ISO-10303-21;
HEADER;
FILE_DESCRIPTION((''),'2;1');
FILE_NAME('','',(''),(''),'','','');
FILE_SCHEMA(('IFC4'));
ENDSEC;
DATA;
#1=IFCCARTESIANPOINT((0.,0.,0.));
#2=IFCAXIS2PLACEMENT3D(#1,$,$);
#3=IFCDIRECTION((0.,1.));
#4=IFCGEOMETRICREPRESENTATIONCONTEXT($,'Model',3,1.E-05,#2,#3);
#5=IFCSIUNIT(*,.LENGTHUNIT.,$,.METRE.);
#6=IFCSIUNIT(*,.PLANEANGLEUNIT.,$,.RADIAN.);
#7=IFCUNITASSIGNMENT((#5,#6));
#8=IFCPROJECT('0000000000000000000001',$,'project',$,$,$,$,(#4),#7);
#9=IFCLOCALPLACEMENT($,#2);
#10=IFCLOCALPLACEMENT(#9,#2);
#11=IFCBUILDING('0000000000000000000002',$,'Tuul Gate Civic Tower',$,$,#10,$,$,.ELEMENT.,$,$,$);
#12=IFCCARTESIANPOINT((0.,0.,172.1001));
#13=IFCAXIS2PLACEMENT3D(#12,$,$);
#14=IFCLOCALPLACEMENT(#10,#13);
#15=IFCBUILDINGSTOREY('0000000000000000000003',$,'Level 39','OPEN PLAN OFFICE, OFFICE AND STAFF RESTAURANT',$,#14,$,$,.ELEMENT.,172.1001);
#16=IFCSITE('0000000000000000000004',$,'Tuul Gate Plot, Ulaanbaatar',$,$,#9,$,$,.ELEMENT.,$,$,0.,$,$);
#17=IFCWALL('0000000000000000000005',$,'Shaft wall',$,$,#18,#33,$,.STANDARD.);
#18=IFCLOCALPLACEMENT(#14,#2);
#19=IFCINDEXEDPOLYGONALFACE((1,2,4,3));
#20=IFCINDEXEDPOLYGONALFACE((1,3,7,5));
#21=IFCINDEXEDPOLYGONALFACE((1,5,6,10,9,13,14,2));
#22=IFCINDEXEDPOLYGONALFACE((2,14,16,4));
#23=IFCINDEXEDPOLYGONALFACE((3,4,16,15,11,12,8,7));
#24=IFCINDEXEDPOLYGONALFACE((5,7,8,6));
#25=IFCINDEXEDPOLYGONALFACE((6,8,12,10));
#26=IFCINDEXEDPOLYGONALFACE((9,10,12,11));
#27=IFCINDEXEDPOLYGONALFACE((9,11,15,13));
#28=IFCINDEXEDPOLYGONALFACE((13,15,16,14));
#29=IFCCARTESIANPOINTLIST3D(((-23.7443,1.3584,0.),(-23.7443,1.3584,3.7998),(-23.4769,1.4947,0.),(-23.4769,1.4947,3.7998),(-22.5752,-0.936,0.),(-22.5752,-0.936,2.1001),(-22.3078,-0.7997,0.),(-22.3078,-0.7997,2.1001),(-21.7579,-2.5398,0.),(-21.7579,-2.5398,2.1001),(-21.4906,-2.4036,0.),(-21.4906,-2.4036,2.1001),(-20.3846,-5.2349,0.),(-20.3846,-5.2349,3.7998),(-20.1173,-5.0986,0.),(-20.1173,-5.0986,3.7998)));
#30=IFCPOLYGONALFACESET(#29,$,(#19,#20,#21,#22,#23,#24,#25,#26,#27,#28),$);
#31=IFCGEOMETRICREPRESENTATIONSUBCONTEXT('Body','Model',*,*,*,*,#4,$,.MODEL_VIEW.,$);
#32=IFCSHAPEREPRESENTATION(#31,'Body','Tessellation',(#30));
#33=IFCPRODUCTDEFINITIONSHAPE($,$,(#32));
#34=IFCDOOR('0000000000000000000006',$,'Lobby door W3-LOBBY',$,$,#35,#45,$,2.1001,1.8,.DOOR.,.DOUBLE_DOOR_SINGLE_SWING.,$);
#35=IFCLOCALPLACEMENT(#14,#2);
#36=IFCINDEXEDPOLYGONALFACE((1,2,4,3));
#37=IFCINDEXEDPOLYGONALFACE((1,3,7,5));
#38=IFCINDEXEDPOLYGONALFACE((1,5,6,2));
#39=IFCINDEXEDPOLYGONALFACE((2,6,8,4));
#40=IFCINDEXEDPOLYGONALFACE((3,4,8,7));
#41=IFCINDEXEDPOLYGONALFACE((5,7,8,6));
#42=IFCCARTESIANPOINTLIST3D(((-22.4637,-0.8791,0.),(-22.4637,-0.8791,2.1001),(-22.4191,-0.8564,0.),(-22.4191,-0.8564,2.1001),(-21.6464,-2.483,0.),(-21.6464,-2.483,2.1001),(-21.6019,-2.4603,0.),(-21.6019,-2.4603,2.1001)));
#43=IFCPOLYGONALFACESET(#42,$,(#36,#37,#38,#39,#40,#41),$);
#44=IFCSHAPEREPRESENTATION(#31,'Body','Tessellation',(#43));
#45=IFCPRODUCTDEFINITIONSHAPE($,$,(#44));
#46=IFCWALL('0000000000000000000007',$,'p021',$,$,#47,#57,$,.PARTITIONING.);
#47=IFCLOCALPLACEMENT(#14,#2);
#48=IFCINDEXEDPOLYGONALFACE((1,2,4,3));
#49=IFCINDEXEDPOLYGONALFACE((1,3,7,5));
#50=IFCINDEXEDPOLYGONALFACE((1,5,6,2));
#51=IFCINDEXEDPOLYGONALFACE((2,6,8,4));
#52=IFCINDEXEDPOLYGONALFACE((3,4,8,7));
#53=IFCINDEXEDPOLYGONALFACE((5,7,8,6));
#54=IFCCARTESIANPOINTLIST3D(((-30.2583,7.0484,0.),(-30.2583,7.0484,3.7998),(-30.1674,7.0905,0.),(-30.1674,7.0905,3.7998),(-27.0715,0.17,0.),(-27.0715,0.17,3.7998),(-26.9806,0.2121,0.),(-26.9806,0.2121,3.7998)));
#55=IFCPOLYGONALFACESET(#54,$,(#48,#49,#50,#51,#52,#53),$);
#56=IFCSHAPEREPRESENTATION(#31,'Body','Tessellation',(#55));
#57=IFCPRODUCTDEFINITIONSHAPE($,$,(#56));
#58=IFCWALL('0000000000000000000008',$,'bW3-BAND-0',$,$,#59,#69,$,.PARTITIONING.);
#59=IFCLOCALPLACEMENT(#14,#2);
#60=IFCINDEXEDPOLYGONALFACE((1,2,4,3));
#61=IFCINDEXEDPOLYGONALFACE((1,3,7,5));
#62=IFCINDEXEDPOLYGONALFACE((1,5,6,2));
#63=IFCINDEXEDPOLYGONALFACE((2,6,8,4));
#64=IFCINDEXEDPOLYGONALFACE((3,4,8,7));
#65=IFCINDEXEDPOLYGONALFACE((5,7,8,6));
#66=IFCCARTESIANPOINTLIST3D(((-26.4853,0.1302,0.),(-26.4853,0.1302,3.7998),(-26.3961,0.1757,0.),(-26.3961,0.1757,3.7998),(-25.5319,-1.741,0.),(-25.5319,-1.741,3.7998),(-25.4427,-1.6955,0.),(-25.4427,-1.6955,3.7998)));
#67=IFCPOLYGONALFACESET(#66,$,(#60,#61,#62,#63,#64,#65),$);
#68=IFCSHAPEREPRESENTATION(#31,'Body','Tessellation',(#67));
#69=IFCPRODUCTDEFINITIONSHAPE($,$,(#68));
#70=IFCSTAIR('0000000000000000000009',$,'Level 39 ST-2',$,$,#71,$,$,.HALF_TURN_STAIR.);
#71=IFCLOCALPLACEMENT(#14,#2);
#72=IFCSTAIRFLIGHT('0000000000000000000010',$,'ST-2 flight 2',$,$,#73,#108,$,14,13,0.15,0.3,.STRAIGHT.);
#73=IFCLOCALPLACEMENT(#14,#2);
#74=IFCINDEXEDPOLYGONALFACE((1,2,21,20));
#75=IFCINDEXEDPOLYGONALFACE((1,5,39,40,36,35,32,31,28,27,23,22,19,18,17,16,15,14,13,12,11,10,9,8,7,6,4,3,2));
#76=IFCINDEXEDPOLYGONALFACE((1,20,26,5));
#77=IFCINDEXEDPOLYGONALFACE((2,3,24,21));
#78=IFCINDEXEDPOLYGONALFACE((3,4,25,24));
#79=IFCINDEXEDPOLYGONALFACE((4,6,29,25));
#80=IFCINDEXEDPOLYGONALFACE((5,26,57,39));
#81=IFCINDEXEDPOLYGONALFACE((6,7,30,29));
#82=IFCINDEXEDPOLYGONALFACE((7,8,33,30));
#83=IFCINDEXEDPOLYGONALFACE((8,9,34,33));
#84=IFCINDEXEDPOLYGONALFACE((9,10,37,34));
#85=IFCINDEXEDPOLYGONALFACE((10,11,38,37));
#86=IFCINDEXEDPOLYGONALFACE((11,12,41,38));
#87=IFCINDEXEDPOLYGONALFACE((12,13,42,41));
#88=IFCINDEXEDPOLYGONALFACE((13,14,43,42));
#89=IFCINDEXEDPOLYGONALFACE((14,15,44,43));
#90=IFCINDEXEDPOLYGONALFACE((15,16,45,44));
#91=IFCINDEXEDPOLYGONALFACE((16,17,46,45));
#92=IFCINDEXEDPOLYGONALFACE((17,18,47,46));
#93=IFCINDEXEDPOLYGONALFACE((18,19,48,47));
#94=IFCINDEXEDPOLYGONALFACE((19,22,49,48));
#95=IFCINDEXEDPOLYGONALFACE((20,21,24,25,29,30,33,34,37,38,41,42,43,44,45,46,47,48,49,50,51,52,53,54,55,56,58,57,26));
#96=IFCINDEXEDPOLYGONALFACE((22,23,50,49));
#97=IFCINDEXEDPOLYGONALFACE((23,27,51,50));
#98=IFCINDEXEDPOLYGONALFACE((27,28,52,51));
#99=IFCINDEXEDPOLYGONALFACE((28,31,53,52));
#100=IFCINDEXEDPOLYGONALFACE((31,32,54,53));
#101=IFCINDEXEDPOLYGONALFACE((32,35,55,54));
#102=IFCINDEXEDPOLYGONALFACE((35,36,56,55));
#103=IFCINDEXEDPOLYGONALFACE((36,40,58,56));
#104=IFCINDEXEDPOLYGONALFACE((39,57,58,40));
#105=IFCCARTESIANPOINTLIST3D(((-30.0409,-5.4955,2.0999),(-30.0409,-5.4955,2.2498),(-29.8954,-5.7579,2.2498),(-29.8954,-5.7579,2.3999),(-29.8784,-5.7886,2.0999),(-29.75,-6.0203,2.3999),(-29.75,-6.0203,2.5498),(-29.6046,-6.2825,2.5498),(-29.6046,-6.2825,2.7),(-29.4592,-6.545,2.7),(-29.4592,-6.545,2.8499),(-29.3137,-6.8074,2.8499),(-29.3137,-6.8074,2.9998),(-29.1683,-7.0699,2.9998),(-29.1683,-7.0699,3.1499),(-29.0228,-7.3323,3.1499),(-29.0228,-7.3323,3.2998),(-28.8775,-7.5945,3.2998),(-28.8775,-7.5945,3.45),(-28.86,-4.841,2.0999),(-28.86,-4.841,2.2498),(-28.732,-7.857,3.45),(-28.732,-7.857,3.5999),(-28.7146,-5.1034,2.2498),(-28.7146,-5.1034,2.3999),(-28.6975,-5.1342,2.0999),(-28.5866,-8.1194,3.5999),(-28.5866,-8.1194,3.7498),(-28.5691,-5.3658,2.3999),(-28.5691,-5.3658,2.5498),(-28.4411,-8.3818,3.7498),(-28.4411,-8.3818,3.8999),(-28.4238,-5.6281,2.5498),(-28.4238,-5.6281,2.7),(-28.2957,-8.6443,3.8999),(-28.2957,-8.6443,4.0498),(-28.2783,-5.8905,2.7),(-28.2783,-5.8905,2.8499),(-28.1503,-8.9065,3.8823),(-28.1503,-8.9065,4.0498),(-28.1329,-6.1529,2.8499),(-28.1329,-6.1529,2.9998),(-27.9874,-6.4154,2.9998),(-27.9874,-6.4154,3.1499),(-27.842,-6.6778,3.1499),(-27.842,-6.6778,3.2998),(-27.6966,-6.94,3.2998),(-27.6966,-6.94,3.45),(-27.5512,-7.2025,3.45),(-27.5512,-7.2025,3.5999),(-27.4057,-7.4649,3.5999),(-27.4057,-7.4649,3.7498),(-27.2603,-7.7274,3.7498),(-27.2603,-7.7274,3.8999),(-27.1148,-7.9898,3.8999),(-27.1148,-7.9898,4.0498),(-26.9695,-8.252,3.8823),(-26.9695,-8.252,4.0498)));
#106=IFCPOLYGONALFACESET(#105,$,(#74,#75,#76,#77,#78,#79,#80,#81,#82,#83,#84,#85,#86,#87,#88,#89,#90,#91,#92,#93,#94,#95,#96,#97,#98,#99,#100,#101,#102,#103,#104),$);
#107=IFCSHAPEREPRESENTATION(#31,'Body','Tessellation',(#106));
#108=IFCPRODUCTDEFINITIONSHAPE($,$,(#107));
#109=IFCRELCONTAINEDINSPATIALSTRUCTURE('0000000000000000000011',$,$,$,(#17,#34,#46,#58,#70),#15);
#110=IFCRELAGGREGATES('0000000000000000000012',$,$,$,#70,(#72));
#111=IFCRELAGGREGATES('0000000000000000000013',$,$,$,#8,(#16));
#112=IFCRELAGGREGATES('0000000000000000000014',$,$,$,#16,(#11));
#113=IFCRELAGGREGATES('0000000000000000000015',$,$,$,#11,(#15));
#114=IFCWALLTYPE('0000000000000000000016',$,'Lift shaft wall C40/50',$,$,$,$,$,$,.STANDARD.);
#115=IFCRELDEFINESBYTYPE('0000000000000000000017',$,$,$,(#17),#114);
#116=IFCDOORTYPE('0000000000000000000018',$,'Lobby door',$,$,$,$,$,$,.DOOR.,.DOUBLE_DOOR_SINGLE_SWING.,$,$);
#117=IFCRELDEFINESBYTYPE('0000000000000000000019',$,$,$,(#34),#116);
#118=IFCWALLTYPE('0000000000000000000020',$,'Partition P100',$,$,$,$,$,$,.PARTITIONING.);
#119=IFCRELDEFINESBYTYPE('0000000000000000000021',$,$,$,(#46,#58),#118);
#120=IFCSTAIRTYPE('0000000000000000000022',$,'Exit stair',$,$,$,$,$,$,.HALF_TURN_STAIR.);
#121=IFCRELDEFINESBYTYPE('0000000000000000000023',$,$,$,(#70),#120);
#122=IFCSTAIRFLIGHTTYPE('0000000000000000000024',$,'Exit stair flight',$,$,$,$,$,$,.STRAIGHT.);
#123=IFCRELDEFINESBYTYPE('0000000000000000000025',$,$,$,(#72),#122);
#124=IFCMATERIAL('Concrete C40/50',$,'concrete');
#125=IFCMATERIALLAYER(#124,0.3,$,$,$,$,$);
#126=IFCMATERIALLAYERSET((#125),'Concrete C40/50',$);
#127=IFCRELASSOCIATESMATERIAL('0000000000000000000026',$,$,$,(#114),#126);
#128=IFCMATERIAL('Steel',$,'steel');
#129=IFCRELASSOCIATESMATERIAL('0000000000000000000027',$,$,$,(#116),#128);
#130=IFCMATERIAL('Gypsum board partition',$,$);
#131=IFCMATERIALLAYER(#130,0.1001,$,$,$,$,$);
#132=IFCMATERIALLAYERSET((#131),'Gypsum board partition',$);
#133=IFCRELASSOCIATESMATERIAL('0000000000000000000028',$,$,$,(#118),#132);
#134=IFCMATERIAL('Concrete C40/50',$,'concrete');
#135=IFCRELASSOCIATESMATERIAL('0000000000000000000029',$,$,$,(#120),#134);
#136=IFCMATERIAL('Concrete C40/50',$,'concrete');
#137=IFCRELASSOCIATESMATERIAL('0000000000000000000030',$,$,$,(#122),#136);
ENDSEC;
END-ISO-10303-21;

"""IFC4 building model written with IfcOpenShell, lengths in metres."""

from ifc_helpers import new_model, si_unit, direction, frame, frame_2d, origin, place, context, subcontext, project, spatial, polyline, rectangle, outline, extrude, material, layer, layer_set, type_object, element, fill, aggregate, save


model = new_model("IFC4")

# Units and contexts
model_context = context("Model", 3, precision=1e-05, world=origin(), true_north=direction((0.0, 1.0)))
body_context = subcontext(model_context, "Body", "Model", "MODEL_VIEW")
ifc_project = project(units=[si_unit("LENGTHUNIT", "METRE"), si_unit("PLANEANGLEUNIT", "RADIAN")], contexts=[model_context])

# Site, building, storey
site_placement = place(None, origin())
site = spatial("IfcSite", under=ifc_project, at=site_placement, Name="Tuul Gate Plot, Ulaanbaatar", CompositionType="ELEMENT", RefElevation=0.0)
building_placement = place(site_placement, origin())
building = spatial("IfcBuilding", under=site, at=building_placement, Name="Tuul Gate Civic Tower", CompositionType="ELEMENT")
storey_placement = place(building_placement, frame((0.0, 0.0, 172.1001)))
storey = spatial("IfcBuildingStorey", under=building, at=storey_placement, Name="Level 39", Description="OPEN PLAN OFFICE, OFFICE AND STAFF RESTAURANT", CompositionType="ELEMENT", Elevation=172.1001)

# Shared definitions
ifc_material_1 = material(Name="Concrete C40/50", Category="concrete")
ifc_layer_1 = layer(ifc_material_1, 0.3)
ifc_layer_set_1 = layer_set([ifc_layer_1], Name="Concrete C40/50")
wall_type_1 = type_object("IfcWallType", Name="Lift shaft wall C40/50", PredefinedType="STANDARD", material=ifc_layer_set_1)

# Wall, opening, door
wall_1_placement = place(storey_placement, frame((-20.251, -5.1667, 0.0), z_axis=(0.0, 0.0, 1.0), x_axis=(-0.45401, 0.890996, 0.0)))
wall_1 = element("IfcWall", 1, at=wall_1_placement, inside=storey, type_object=wall_type_1, Name="Shaft wall", PredefinedType="STANDARD", context=body_context, shape_type="SweptSolid", body=[
    extrude(rectangle(XDim=7.3999, YDim=0.3, at=frame_2d((3.7, 0.0))), origin(), (0.0, 0.0, 1.0), 3.7998),
])
opening_1_placement = place(wall_1_placement, frame((3.0249, 0.0, 0.0)))
opening_1 = element("IfcOpeningElement", 2, at=opening_1_placement, cuts=wall_1, PredefinedType="OPENING", context=body_context, shape_type="SweptSolid", body=[
    extrude(rectangle(XDim=1.8, YDim=2.1001, at=frame_2d((0.8999, 1.05))), frame((0.0, 0.1602, 0.0), z_axis=(0.0, -1.0, 0.0), x_axis=(1.0, 0.0, 0.0)), (0.0, 0.0, 1.0), 0.3201),
])
ifc_material_2 = material(Name="Steel", Category="steel")
door_type_1 = type_object("IfcDoorType", Name="Lobby door", OperationType="DOUBLE_DOOR_SINGLE_SWING", PredefinedType="DOOR", material=ifc_material_2)
door_1_placement = place(opening_1_placement, origin())
door_1 = element("IfcDoor", 3, at=door_1_placement, inside=storey, type_object=door_type_1, Name="Lobby door W3-LOBBY", OperationType="DOUBLE_DOOR_SINGLE_SWING", OverallHeight=2.1001, OverallWidth=1.8, PredefinedType="DOOR", context=body_context, shape_type="SweptSolid", body=[
    extrude(rectangle(XDim=1.8, YDim=2.1001, at=frame_2d((0.8999, 1.05))), frame((0.0, 0.0249, 0.0), z_axis=(0.0, -1.0, 0.0), x_axis=(1.0, 0.0, 0.0)), (0.0, 0.0, 1.0), 0.05),
])
fill(opening_1, door_1)

# Walls
ifc_material_3 = material(Name="Gypsum board partition")
ifc_layer_2 = layer(ifc_material_3, 0.1001)
ifc_layer_set_2 = layer_set([ifc_layer_2], Name="Gypsum board partition")
wall_type_2 = type_object("IfcWallType", Name="Partition P100", PredefinedType="PARTITIONING", material=ifc_layer_set_2)
wall_2_placement = place(storey_placement, frame((-30.2129, 7.0696, 0.0), z_axis=(0.0, 0.0, 1.0), x_axis=(0.420375, -0.90735, 0.0)))
element("IfcWall", 4, at=wall_2_placement, inside=storey, type_object=wall_type_2, Name="p021", PredefinedType="PARTITIONING", context=body_context, shape_type="SweptSolid", body=[
    extrude(rectangle(XDim=7.5808, YDim=0.1001, at=frame_2d((3.7905, 0.0))), origin(), (0.0, 0.0, 1.0), 3.7998),
])
wall_3_placement = place(storey_placement, frame((-25.4873, -1.7183, 0.0), z_axis=(0.0, 0.0, 1.0), x_axis=(-0.45399, 0.891007, 0.0)))
element("IfcWall", 5, at=wall_3_placement, inside=storey, type_object=wall_type_2, Name="bW3-BAND-0", PredefinedType="PARTITIONING", context=body_context, shape_type="SweptSolid", body=[
    extrude(rectangle(XDim=2.1001, YDim=0.1001, at=frame_2d((1.05, 0.0))), origin(), (0.0, 0.0, 1.0), 3.7998),
])

# Stair, stair flight
ifc_material_4 = material(Name="Concrete C40/50", Category="concrete")
stair_type = type_object("IfcStairType", Name="Exit stair", PredefinedType="HALF_TURN_STAIR", material=ifc_material_4)
stair_placement = place(storey_placement, origin())
stair = element("IfcStair", 6, at=stair_placement, inside=storey, type_object=stair_type, Name="Level 39 ST-2", PredefinedType="HALF_TURN_STAIR")
ifc_material_5 = material(Name="Concrete C40/50", Category="concrete")
stair_flight_type = type_object("IfcStairFlightType", Name="Exit stair flight", PredefinedType="STRAIGHT", material=ifc_material_5)
stair_flight_placement = place(storey_placement, frame((-29.4504, -5.1682, 2.0999), z_axis=(0.0, 0.0, 1.0), x_axis=(0.484762, -0.874646, 0.0)))
stair_flight = element("IfcStairFlight", 7, at=stair_flight_placement, type_object=stair_flight_type, Name="ST-2 flight 2", NumberOfRisers=14, NumberOfTreads=13, PredefinedType="STRAIGHT", RiserHeight=0.15, TreadLength=0.3, context=body_context, shape_type="SweptSolid", body=[
    extrude(outline(polyline([(0.0, 0.0), (0.0, 0.1499), (0.3, 0.1499), (0.3, 0.3), (0.6001, 0.3), (0.6001, 0.45), (0.8999, 0.45), (0.8999, 0.6001), (1.2, 0.6001), (1.2, 0.75), (1.5, 0.75), (1.5, 0.8999), (1.8, 0.8999), (1.8, 1.05), (2.1001, 1.05), (2.1001, 1.2), (2.3999, 1.2), (2.3999, 1.3501), (2.7, 1.3501), (2.7, 1.5), (3.0, 1.5), (3.0, 1.6499), (3.3, 1.6499), (3.3, 1.8), (3.6001, 1.8), (3.6001, 1.95), (3.8999, 1.95), (3.8999, 2.1001), (3.8999, 1.7825), (0.3352, 0.0), (0.0, 0.0)])), frame((0.0, 0.675, 0.0), z_axis=(0.0, -1.0, 0.0), x_axis=(1.0, 0.0, 0.0)), (0.0, 0.0, 1.0), 1.3501),
])
aggregate(stair, [stair_flight])

save(model, "model.ifc")
